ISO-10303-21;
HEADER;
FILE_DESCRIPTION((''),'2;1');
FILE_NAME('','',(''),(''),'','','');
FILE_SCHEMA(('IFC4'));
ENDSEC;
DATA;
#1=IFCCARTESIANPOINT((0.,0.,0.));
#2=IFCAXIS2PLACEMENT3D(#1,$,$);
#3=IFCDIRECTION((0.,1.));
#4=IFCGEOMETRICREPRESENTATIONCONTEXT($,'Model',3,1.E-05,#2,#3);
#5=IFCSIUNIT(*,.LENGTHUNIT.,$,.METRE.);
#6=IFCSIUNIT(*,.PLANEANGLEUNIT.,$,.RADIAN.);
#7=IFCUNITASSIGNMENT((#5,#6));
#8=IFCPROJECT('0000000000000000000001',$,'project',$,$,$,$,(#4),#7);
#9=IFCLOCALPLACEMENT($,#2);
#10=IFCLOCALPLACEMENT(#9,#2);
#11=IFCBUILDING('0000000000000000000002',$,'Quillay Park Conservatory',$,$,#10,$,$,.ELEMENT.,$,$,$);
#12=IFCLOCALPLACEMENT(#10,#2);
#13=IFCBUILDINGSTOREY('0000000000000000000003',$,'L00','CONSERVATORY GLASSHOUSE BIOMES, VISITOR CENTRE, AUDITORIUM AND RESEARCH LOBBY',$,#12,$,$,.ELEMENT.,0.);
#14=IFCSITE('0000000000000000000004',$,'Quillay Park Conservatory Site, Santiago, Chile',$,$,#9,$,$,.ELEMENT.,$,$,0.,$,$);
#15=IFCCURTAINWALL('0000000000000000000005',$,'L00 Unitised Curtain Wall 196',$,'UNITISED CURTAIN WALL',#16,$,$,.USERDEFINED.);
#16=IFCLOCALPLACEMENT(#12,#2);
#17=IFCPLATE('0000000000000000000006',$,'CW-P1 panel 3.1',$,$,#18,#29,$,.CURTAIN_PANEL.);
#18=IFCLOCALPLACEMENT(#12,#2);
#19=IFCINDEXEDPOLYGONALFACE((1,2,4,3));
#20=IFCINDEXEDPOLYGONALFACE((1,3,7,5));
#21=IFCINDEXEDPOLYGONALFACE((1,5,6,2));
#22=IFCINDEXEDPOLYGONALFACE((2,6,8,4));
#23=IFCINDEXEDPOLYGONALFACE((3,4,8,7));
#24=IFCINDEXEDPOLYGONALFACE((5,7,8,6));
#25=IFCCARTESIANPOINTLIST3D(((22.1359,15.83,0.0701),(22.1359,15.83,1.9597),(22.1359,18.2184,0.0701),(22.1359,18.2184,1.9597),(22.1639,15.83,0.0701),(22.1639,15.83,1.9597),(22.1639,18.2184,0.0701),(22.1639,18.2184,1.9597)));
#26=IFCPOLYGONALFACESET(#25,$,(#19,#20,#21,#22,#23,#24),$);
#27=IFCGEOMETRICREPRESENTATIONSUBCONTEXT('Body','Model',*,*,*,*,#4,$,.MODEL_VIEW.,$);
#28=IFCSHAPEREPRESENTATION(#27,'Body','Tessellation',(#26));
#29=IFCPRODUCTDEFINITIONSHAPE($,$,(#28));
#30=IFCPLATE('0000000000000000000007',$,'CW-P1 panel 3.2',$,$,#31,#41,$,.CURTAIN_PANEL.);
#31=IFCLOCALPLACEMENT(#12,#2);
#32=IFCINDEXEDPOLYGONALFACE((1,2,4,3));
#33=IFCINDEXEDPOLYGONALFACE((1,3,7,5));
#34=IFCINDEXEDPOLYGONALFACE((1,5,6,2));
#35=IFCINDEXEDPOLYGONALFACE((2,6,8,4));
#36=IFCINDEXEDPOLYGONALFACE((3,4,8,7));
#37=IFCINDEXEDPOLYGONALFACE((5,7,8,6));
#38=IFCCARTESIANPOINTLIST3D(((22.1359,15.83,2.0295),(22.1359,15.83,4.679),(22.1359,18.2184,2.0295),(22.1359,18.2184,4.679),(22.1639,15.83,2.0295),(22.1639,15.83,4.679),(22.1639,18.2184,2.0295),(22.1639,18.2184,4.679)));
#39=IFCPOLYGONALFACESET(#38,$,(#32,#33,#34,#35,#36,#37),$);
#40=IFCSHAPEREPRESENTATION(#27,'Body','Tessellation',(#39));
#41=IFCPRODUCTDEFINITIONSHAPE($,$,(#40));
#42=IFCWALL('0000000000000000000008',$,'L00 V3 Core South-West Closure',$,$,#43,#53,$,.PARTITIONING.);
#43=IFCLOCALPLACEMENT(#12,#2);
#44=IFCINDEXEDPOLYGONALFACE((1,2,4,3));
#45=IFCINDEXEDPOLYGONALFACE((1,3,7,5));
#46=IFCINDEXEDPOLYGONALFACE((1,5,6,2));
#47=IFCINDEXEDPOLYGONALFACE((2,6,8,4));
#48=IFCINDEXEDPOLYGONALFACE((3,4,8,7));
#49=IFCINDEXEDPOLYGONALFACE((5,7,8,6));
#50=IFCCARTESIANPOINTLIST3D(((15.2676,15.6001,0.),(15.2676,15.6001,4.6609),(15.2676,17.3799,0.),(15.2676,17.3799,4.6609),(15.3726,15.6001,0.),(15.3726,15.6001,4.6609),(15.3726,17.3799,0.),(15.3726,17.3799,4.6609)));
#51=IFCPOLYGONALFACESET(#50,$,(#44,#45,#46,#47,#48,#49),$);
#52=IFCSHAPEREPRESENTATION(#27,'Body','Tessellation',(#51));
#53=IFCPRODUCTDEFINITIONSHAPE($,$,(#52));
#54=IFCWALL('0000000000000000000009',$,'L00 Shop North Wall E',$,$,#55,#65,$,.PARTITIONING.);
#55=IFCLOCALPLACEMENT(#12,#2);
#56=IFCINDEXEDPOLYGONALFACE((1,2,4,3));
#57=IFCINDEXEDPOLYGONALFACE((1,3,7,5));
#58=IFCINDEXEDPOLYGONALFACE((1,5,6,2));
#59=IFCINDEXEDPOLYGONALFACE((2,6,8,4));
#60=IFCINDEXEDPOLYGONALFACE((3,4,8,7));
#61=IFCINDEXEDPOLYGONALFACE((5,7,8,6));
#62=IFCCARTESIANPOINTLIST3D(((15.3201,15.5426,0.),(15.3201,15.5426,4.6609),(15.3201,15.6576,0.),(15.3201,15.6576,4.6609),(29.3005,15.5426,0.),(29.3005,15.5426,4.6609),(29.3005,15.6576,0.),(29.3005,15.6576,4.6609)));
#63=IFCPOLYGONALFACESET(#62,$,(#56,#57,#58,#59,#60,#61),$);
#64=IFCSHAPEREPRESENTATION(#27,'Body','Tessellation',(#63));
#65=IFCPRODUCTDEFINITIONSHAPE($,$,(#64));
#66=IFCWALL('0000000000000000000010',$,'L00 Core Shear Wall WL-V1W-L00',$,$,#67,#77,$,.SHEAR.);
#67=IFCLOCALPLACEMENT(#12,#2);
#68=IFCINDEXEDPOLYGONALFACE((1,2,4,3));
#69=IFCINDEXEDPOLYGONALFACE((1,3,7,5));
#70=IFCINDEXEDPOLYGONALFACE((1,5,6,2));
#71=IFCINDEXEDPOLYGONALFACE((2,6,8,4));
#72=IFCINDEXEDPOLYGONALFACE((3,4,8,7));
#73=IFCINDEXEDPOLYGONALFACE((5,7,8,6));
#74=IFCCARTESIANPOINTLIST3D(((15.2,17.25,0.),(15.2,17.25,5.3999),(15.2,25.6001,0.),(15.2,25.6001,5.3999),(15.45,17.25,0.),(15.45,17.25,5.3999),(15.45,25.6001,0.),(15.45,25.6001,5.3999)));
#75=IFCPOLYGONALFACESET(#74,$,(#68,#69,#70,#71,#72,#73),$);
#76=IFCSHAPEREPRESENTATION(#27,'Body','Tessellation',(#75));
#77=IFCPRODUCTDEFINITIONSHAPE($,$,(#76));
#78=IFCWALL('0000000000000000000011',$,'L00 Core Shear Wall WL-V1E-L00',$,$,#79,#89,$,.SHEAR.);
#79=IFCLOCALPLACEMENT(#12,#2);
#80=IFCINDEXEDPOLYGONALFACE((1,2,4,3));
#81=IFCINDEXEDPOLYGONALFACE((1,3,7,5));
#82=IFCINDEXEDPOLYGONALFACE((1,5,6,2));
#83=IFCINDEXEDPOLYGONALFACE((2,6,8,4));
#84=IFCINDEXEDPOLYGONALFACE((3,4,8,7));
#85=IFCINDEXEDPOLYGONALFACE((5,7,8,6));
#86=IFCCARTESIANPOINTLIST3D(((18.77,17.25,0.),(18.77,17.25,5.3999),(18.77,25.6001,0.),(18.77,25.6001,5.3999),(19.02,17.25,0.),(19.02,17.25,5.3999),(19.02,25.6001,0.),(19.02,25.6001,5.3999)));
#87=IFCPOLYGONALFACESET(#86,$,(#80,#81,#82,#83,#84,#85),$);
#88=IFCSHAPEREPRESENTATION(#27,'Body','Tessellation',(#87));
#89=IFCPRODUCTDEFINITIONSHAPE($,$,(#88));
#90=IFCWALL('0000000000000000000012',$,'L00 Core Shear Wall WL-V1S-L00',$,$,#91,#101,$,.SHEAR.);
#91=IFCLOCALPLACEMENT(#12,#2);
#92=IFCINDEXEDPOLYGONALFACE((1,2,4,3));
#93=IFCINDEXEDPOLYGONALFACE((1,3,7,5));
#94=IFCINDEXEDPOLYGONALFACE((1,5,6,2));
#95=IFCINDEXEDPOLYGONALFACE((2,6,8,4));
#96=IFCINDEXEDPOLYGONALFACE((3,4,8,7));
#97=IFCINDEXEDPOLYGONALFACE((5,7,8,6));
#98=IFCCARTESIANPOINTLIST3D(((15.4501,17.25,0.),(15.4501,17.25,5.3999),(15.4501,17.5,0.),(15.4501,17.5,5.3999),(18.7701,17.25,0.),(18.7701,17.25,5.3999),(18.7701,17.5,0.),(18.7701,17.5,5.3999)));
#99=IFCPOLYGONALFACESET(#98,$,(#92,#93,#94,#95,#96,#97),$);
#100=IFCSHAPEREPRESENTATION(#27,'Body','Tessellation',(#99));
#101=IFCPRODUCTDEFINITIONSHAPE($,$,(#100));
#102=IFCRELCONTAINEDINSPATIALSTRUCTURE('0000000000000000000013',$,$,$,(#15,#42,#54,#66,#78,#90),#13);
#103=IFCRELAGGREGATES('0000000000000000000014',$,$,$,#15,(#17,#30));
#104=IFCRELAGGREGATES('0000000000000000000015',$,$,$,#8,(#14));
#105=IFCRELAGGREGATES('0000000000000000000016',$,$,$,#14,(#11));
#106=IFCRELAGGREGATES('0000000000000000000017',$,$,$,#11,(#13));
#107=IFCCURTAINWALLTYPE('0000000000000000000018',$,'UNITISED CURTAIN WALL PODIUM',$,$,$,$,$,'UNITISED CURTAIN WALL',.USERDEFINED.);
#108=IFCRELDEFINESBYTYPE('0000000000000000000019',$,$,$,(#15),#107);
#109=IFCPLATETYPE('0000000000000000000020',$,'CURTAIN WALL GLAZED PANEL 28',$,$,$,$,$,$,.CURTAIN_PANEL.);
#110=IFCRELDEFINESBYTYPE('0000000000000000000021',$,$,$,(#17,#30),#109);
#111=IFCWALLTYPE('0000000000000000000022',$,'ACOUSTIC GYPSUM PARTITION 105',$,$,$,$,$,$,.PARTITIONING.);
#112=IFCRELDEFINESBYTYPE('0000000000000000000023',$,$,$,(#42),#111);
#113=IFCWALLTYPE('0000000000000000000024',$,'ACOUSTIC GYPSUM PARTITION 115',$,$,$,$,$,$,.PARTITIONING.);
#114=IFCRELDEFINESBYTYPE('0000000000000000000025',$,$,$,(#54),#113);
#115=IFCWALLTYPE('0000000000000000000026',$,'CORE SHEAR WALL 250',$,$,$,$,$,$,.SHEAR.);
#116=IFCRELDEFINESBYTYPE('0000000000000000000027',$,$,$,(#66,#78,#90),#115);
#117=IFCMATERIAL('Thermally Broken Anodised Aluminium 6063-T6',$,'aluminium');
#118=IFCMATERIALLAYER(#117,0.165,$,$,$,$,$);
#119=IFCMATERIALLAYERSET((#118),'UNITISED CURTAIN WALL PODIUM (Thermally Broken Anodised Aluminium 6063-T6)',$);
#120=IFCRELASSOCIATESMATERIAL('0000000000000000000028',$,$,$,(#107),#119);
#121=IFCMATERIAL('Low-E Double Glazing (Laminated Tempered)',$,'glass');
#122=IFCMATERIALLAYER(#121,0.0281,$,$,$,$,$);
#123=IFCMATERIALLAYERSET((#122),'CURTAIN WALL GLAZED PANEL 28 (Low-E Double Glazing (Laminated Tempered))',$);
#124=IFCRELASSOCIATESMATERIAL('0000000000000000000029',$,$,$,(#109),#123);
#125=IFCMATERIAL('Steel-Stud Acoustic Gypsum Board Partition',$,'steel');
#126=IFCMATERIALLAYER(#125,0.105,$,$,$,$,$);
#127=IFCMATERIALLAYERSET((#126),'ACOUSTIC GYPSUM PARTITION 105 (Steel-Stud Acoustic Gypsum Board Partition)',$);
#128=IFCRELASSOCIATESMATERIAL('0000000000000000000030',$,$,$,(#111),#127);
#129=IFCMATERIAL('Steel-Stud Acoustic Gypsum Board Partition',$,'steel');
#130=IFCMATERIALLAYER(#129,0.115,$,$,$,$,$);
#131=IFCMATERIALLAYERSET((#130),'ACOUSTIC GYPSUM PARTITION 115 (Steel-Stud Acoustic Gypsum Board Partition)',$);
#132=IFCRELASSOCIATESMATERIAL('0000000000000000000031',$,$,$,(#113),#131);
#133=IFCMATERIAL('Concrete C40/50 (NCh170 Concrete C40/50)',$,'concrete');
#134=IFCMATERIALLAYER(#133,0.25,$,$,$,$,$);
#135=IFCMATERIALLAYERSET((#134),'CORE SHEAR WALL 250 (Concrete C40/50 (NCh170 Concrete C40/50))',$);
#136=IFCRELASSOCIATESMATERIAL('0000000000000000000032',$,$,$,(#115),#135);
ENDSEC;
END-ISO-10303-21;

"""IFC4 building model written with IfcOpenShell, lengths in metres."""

from ifc_helpers import new_model, si_unit, direction, frame, frame_2d, origin, origin_2d, place, context, subcontext, project, spatial, rectangle, extrude, material, layer, layer_set, type_object, element, aggregate, save


model = new_model("IFC4")

# Units and contexts
model_context = context("Model", 3, precision=1e-05, world=origin(), true_north=direction((0.0, 1.0)))
body_context = subcontext(model_context, "Body", "Model", "MODEL_VIEW")
ifc_project = project(units=[si_unit("LENGTHUNIT", "METRE"), si_unit("PLANEANGLEUNIT", "RADIAN")], contexts=[model_context])

# Site, building, storey
site_placement = place(None, origin())
site = spatial("IfcSite", under=ifc_project, at=site_placement, Name="Quillay Park Conservatory Site, Santiago, Chile", CompositionType="ELEMENT", RefElevation=0.0)
building_placement = place(site_placement, origin())
building = spatial("IfcBuilding", under=site, at=building_placement, Name="Quillay Park Conservatory", CompositionType="ELEMENT")
storey_placement = place(building_placement, origin())
storey = spatial("IfcBuildingStorey", under=building, at=storey_placement, Name="L00", Description="CONSERVATORY GLASSHOUSE BIOMES, VISITOR CENTRE, AUDITORIUM AND RESEARCH LOBBY", CompositionType="ELEMENT", Elevation=0.0)

# Curtain wall
ifc_material_1 = material(Name="Thermally Broken Anodised Aluminium 6063-T6", Category="aluminium")
ifc_layer_1 = layer(ifc_material_1, 0.165)
ifc_layer_set_1 = layer_set([ifc_layer_1], Name="UNITISED CURTAIN WALL PODIUM (Thermally Broken Anodised Aluminium 6063-T6)")
curtain_wall_type = type_object("IfcCurtainWallType", Name="UNITISED CURTAIN WALL PODIUM", ElementType="UNITISED CURTAIN WALL", PredefinedType="USERDEFINED", material=ifc_layer_set_1)
curtain_wall_placement = place(storey_placement, origin())
curtain_wall = element("IfcCurtainWall", 1, at=curtain_wall_placement, inside=storey, type_object=curtain_wall_type, Name="L00 Unitised Curtain Wall 196", ObjectType="UNITISED CURTAIN WALL", PredefinedType="USERDEFINED")

# Plates
ifc_material_2 = material(Name="Low-E Double Glazing (Laminated Tempered)", Category="glass")
ifc_layer_2 = layer(ifc_material_2, 0.0281)
ifc_layer_set_2 = layer_set([ifc_layer_2], Name="CURTAIN WALL GLAZED PANEL 28 (Low-E Double Glazing (Laminated Tempered))")
plate_type = type_object("IfcPlateType", Name="CURTAIN WALL GLAZED PANEL 28", PredefinedType="CURTAIN_PANEL", material=ifc_layer_set_2)
plate_1_placement = place(storey_placement, frame((22.1499, 17.0242, 0.0701), z_axis=(0.0, 0.0, 1.0), x_axis=(0.0, -1.0, 0.0)))
plate_1 = element("IfcPlate", 2, at=plate_1_placement, type_object=plate_type, Name="CW-P1 panel 3.1", PredefinedType="CURTAIN_PANEL", context=body_context, shape_type="SweptSolid", body=[
    extrude(rectangle(XDim=2.3884, YDim=0.0281, at=origin_2d()), origin(), (0.0, 0.0, 1.0), 1.8896),
])
plate_2_placement = place(storey_placement, frame((22.1499, 17.0242, 2.0295), z_axis=(0.0, 0.0, 1.0), x_axis=(0.0, -1.0, 0.0)))
plate_2 = element("IfcPlate", 3, at=plate_2_placement, type_object=plate_type, Name="CW-P1 panel 3.2", PredefinedType="CURTAIN_PANEL", context=body_context, shape_type="SweptSolid", body=[
    extrude(rectangle(XDim=2.3884, YDim=0.0281, at=origin_2d()), origin(), (0.0, 0.0, 1.0), 2.6494),
])
aggregate(curtain_wall, [plate_1, plate_2])

# Walls
ifc_material_3 = material(Name="Steel-Stud Acoustic Gypsum Board Partition", Category="steel")
ifc_layer_3 = layer(ifc_material_3, 0.105)
ifc_layer_set_3 = layer_set([ifc_layer_3], Name="ACOUSTIC GYPSUM PARTITION 105 (Steel-Stud Acoustic Gypsum Board Partition)")
wall_type_1 = type_object("IfcWallType", Name="ACOUSTIC GYPSUM PARTITION 105", PredefinedType="PARTITIONING", material=ifc_layer_set_3)
wall_1_placement = place(storey_placement, frame((15.3201, 15.6001, 0.0), z_axis=(0.0, 0.0, 1.0), x_axis=(0.0, 1.0, 0.0)))
element("IfcWall", 4, at=wall_1_placement, inside=storey, type_object=wall_type_1, Name="L00 V3 Core South-West Closure", PredefinedType="PARTITIONING", context=body_context, shape_type="SweptSolid", body=[
    extrude(rectangle(XDim=1.7798, YDim=0.105, at=frame_2d((0.8899, 0.0))), origin(), (0.0, 0.0, 1.0), 4.6609),
])
ifc_material_4 = material(Name="Steel-Stud Acoustic Gypsum Board Partition", Category="steel")
ifc_layer_4 = layer(ifc_material_4, 0.115)
ifc_layer_set_4 = layer_set([ifc_layer_4], Name="ACOUSTIC GYPSUM PARTITION 115 (Steel-Stud Acoustic Gypsum Board Partition)")
wall_type_2 = type_object("IfcWallType", Name="ACOUSTIC GYPSUM PARTITION 115", PredefinedType="PARTITIONING", material=ifc_layer_set_4)
wall_2_placement = place(storey_placement, frame((29.3005, 15.6001, 0.0), z_axis=(0.0, 0.0, 1.0), x_axis=(-1.0, 0.0, 0.0)))
element("IfcWall", 5, at=wall_2_placement, inside=storey, type_object=wall_type_2, Name="L00 Shop North Wall E", PredefinedType="PARTITIONING", context=body_context, shape_type="SweptSolid", body=[
    extrude(rectangle(XDim=13.9805, YDim=0.115, at=frame_2d((6.9902, 0.0))), origin(), (0.0, 0.0, 1.0), 4.6609),
])
ifc_material_5 = material(Name="Concrete C40/50 (NCh170 Concrete C40/50)", Category="concrete")
ifc_layer_5 = layer(ifc_material_5, 0.25)
ifc_layer_set_5 = layer_set([ifc_layer_5], Name="CORE SHEAR WALL 250 (Concrete C40/50 (NCh170 Concrete C40/50))")
wall_type_3 = type_object("IfcWallType", Name="CORE SHEAR WALL 250", PredefinedType="SHEAR", material=ifc_layer_set_5)
for number, where, z_axis, x_axis, name in (
    (6, (15.325, 17.25, 0.0), (0.0, 0.0, 1.0), (0.0, 1.0, 0.0), "L00 Core Shear Wall WL-V1W-L00"),
    (7, (18.895, 17.25, 0.0), (0.0, 0.0, 1.0), (0.0, 1.0, 0.0), "L00 Core Shear Wall WL-V1E-L00"),
):
    element("IfcWall", number, at=place(storey_placement, frame(where, z_axis=z_axis, x_axis=x_axis)), inside=storey, type_object=wall_type_3, Name=name, PredefinedType="SHEAR", context=body_context, shape_type="SweptSolid", body=[
        extrude(rectangle(XDim=8.3501, YDim=0.25, at=frame_2d((4.175, 0.0))), origin(), (0.0, 0.0, 1.0), 5.3999),
    ])
wall_3_placement = place(storey_placement, frame((15.45, 17.375, 0.0), z_axis=(0.0, 0.0, 1.0), x_axis=(1.0, 0.0, 0.0)))
element("IfcWall", 8, at=wall_3_placement, inside=storey, type_object=wall_type_3, Name="L00 Core Shear Wall WL-V1S-L00", PredefinedType="SHEAR", context=body_context, shape_type="SweptSolid", body=[
    extrude(rectangle(XDim=3.3201, YDim=0.25, at=frame_2d((1.6602, 0.0))), origin(), (0.0, 0.0, 1.0), 5.3999),
])

save(model, "model.ifc")
